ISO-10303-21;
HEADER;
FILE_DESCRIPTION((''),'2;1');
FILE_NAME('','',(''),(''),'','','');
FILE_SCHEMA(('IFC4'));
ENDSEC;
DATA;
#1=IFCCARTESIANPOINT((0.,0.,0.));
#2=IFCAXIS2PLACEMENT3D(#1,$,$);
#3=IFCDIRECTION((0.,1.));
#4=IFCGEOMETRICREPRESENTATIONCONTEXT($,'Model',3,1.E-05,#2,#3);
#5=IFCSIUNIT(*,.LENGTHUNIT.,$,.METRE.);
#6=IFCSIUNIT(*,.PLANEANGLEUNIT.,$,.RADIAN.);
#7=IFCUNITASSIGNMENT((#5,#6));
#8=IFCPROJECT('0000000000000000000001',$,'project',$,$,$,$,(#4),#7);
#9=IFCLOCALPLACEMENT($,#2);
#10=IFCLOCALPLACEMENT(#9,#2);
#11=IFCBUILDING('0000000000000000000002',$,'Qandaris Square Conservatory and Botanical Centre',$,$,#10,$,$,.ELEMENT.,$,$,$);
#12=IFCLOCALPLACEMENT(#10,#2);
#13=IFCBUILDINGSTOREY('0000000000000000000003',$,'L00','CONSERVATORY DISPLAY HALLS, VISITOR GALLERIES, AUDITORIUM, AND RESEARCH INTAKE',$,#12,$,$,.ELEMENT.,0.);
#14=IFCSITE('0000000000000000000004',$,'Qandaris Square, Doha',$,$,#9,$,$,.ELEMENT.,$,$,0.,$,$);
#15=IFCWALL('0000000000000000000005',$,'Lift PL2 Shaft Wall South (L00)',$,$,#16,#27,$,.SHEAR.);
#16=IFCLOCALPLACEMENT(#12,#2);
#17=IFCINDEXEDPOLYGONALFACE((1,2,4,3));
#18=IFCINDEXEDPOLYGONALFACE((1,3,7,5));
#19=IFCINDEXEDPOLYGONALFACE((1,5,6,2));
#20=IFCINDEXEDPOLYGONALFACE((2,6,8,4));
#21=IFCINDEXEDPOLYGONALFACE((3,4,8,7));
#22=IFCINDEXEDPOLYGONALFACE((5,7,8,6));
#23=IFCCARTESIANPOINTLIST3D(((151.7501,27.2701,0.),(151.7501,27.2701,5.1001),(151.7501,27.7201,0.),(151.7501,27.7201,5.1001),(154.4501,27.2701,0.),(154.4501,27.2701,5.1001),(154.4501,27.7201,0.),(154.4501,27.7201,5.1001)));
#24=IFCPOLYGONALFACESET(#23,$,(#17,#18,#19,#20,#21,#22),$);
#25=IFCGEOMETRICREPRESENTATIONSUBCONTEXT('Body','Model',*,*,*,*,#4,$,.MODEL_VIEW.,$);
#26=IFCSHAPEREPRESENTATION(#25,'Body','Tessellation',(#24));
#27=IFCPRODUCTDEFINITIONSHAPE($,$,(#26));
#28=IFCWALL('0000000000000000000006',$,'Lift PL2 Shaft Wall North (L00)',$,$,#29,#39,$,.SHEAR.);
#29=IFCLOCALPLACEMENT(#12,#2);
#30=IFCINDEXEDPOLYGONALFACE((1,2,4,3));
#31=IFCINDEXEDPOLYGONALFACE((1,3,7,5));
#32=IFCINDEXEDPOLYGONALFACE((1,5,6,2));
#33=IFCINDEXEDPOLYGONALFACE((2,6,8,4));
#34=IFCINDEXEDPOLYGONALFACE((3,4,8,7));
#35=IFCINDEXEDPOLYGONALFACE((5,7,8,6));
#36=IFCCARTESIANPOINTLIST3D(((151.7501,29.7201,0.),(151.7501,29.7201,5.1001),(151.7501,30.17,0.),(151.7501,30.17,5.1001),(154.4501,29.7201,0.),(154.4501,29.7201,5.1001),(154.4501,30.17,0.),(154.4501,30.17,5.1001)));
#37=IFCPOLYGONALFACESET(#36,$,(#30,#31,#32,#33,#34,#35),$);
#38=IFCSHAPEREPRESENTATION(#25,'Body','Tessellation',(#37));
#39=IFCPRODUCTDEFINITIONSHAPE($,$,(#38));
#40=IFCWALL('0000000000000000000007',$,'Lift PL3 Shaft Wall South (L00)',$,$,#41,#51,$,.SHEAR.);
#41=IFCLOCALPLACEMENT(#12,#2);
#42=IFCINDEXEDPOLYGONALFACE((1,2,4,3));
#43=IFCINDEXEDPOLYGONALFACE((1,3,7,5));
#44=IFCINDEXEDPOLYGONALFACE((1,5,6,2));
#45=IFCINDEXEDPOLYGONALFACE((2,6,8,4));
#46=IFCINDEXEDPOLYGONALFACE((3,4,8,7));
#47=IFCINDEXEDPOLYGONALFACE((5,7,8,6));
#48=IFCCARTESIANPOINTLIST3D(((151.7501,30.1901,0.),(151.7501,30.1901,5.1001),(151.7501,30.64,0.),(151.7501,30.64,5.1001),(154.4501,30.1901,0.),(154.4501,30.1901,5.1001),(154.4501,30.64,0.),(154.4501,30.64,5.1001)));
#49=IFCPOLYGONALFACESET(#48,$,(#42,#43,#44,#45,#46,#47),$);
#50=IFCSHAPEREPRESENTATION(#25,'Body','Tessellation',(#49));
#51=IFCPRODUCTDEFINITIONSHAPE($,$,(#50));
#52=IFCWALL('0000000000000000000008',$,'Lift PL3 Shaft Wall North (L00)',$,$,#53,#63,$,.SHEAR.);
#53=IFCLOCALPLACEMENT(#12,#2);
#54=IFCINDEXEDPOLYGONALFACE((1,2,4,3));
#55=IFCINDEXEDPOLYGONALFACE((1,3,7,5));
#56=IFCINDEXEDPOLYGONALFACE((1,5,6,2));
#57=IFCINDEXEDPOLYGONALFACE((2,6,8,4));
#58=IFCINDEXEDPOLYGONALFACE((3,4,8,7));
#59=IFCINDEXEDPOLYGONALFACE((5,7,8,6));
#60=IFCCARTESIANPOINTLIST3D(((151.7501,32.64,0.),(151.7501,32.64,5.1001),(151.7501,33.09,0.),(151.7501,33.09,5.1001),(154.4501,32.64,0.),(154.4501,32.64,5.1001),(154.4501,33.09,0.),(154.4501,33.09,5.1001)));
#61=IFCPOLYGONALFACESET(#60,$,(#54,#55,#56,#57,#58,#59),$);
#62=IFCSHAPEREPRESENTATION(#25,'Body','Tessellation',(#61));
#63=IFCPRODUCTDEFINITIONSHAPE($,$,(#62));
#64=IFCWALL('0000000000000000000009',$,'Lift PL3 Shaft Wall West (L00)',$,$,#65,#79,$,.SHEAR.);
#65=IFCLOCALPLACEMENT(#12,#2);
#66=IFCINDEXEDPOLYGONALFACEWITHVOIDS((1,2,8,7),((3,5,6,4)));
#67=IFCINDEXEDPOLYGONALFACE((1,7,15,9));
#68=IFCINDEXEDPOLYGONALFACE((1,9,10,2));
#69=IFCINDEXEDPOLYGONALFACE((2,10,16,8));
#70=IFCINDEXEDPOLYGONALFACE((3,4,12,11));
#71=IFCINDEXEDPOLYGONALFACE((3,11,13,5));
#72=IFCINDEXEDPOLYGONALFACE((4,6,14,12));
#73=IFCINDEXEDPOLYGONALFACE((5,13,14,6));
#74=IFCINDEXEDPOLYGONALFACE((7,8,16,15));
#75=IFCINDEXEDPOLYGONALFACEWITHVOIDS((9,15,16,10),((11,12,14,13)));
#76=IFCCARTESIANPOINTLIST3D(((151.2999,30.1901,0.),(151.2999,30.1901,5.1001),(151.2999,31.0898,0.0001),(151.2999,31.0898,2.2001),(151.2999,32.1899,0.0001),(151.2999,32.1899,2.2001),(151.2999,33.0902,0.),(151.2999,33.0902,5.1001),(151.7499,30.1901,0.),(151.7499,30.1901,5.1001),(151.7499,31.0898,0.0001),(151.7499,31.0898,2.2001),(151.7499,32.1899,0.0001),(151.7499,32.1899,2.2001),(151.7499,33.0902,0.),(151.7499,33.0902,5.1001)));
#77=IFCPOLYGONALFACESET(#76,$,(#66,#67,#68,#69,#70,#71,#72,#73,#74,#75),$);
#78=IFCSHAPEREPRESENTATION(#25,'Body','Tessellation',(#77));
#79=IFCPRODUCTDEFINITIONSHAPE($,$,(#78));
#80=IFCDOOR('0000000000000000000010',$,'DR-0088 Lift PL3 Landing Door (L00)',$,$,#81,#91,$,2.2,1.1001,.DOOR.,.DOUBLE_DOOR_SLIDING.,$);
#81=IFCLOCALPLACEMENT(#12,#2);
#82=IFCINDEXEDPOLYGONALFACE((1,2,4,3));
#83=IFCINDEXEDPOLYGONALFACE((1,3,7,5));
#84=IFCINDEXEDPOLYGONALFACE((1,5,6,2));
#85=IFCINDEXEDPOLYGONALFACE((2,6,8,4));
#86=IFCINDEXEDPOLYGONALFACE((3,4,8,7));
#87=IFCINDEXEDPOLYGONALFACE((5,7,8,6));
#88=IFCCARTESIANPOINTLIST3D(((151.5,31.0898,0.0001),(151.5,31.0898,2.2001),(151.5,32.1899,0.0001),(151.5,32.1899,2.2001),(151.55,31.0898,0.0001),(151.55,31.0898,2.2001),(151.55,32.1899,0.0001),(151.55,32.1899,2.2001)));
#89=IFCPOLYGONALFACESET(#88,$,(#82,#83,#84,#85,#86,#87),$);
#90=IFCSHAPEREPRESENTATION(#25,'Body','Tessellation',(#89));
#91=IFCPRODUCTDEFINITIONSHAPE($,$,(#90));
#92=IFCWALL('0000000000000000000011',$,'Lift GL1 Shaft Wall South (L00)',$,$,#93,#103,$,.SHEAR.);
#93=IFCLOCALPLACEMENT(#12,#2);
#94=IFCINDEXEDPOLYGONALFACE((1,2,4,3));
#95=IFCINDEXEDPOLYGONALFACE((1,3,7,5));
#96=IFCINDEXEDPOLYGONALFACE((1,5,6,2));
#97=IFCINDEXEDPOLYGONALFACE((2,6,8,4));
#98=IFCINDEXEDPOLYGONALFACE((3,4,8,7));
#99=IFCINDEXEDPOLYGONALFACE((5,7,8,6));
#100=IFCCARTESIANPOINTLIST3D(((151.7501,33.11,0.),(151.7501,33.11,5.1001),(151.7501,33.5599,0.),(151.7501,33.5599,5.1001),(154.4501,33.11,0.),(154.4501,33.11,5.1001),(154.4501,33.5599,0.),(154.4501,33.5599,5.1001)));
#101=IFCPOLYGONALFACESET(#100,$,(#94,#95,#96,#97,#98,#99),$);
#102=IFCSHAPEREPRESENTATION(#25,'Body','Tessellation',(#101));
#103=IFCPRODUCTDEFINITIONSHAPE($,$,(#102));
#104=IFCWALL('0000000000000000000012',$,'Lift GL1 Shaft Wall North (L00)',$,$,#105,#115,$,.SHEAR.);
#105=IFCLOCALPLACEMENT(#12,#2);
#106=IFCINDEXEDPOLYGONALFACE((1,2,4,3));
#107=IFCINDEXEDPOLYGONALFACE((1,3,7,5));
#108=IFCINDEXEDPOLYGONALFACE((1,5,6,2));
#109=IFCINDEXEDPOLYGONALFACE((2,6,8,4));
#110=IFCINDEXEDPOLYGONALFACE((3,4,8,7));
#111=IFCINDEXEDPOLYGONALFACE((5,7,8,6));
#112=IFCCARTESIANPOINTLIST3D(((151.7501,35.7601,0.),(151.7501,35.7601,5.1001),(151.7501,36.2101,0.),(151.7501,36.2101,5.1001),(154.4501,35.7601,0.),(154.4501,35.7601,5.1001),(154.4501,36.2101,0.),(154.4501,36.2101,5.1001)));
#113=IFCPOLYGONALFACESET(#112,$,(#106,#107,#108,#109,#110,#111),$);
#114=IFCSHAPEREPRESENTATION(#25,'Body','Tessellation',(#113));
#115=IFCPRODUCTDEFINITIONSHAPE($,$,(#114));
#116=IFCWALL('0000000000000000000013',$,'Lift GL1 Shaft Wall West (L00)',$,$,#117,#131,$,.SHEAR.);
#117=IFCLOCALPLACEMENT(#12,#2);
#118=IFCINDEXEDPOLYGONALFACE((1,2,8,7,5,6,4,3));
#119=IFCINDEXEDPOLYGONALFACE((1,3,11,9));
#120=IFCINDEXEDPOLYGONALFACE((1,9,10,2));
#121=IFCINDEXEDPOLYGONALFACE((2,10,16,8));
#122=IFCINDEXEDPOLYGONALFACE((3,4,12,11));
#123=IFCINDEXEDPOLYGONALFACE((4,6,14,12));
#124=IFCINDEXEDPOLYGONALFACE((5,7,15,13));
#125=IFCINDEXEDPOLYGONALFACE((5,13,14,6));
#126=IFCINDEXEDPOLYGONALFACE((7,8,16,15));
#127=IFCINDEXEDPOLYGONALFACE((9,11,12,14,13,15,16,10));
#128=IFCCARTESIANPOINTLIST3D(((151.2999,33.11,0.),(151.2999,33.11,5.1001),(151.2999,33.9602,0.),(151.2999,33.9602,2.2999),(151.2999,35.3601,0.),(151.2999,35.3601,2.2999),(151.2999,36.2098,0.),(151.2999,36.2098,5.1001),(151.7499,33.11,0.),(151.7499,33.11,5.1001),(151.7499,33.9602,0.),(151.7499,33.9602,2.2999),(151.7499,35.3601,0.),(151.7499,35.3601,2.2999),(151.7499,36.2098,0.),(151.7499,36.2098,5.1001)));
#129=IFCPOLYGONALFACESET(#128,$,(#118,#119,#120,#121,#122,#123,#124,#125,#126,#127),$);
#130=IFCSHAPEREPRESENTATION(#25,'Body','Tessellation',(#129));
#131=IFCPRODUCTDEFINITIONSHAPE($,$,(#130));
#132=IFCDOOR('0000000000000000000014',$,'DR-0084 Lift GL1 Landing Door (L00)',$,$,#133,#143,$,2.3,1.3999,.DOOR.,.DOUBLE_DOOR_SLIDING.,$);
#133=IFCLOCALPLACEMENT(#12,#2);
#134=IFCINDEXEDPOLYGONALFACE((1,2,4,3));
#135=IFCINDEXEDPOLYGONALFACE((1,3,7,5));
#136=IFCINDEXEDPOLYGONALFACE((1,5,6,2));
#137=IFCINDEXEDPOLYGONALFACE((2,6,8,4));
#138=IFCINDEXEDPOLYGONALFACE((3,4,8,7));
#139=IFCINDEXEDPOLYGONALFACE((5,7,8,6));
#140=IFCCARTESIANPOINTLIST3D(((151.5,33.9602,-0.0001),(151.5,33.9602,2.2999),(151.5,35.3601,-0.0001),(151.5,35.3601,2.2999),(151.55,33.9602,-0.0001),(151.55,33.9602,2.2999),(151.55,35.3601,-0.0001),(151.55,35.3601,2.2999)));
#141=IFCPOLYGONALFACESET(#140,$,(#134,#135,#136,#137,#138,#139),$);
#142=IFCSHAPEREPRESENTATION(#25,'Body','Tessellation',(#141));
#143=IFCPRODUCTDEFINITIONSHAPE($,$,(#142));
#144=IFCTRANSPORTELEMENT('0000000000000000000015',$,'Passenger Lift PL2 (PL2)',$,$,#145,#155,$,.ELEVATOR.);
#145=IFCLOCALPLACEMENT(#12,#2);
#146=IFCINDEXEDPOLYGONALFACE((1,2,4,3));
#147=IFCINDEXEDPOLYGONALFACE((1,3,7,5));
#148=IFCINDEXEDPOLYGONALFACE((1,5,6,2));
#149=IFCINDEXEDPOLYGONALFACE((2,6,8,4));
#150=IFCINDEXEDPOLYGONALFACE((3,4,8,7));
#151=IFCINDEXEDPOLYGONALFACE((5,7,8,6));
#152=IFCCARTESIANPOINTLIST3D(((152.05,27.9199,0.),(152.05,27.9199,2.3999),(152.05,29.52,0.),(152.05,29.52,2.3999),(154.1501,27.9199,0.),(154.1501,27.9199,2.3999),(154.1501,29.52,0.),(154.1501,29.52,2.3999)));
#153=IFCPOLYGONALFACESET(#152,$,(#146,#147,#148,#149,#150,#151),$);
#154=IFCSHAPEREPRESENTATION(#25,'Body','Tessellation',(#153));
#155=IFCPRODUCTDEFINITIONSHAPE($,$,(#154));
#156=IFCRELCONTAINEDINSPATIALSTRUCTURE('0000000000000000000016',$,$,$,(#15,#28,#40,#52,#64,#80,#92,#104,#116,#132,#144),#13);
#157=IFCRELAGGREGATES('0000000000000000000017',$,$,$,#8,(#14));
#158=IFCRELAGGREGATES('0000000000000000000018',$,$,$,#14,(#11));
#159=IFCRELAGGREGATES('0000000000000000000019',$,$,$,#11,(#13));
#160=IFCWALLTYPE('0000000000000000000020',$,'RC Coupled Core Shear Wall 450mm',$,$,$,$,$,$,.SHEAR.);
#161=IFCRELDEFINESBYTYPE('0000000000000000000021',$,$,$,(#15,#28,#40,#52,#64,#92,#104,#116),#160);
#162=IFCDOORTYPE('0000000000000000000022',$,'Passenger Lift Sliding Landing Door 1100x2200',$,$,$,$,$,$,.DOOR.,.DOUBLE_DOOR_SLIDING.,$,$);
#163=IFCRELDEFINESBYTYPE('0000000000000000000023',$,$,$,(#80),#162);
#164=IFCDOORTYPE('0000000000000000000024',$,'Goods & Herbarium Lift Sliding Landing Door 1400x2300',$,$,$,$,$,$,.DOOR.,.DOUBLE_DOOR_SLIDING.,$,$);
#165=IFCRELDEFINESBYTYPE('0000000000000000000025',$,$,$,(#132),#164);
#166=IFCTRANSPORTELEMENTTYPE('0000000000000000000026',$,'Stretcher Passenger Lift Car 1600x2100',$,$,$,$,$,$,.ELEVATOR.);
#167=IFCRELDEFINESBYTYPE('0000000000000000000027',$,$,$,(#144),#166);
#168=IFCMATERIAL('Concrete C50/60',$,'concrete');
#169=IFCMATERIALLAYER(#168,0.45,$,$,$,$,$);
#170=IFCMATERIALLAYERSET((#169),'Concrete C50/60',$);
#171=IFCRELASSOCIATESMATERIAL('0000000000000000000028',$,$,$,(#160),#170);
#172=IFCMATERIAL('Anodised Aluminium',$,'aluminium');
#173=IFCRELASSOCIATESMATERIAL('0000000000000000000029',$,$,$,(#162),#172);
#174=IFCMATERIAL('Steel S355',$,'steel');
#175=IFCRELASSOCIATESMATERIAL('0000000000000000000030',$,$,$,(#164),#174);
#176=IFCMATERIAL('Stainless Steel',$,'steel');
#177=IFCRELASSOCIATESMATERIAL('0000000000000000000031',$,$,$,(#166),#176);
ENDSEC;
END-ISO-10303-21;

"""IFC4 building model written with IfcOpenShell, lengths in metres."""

from ifc_helpers import new_model, si_unit, direction, frame, frame_2d, origin, origin_2d, place, context, subcontext, project, spatial, rectangle, extrude, material, layer, layer_set, type_object, element, fill, save


model = new_model("IFC4")

# Units and contexts
model_context = context("Model", 3, precision=1e-05, world=origin(), true_north=direction((0.0, 1.0)))
body_context = subcontext(model_context, "Body", "Model", "MODEL_VIEW")
ifc_project = project(units=[si_unit("LENGTHUNIT", "METRE"), si_unit("PLANEANGLEUNIT", "RADIAN")], contexts=[model_context])

# Site, building, storey
site_placement = place(None, origin())
site = spatial("IfcSite", under=ifc_project, at=site_placement, Name="Qandaris Square, Doha", CompositionType="ELEMENT", RefElevation=0.0)
building_placement = place(site_placement, origin())
building = spatial("IfcBuilding", under=site, at=building_placement, Name="Qandaris Square Conservatory and Botanical Centre", CompositionType="ELEMENT")
storey_placement = place(building_placement, origin())
storey = spatial("IfcBuildingStorey", under=building, at=storey_placement, Name="L00", Description="CONSERVATORY DISPLAY HALLS, VISITOR GALLERIES, AUDITORIUM, AND RESEARCH INTAKE", CompositionType="ELEMENT", Elevation=0.0)

# Shared definitions
ifc_material_1 = material(Name="Concrete C50/60", Category="concrete")

# Shared definitions
ifc_material_2 = material(Name="Steel S355", Category="steel")

# Walls
ifc_layer_1 = layer(ifc_material_1, 0.45)
ifc_layer_set_1 = layer_set([ifc_layer_1], Name="Concrete C50/60")
wall_type_1 = type_object("IfcWallType", Name="RC Coupled Core Shear Wall 450mm", PredefinedType="SHEAR", material=ifc_layer_set_1)
for number, where, z_axis, x_axis, name in (
    (1, (151.75, 27.4951, 0.0), (0.0, 0.0, 1.0), (1.0, 0.0, 0.0), "Lift PL2 Shaft Wall South (L00)"),
    (2, (151.75, 29.9451, 0.0), (0.0, 0.0, 1.0), (1.0, 0.0, 0.0), "Lift PL2 Shaft Wall North (L00)"),
    (3, (151.75, 30.415, 0.0), (0.0, 0.0, 1.0), (1.0, 0.0, 0.0), "Lift PL3 Shaft Wall South (L00)"),
    (4, (151.75, 32.865, 0.0), (0.0, 0.0, 1.0), (1.0, 0.0, 0.0), "Lift PL3 Shaft Wall North (L00)"),
):
    element("IfcWall", number, at=place(storey_placement, frame(where, z_axis=z_axis, x_axis=x_axis)), inside=storey, type_object=wall_type_1, Name=name, PredefinedType="SHEAR", context=body_context, shape_type="SweptSolid", body=[
        extrude(rectangle(XDim=2.7, YDim=0.45, at=frame_2d((1.3501, 0.0))), origin(), (0.0, 0.0, 1.0), 5.1001),
    ])

# Wall, opening, door
wall_1_placement = place(storey_placement, frame((151.5249, 30.1899, 0.0), z_axis=(0.0, 0.0, 1.0), x_axis=(0.0, 1.0, 0.0)))
wall_1 = element("IfcWall", 5, at=wall_1_placement, inside=storey, type_object=wall_type_1, Name="Lift PL3 Shaft Wall West (L00)", PredefinedType="SHEAR", context=body_context, shape_type="SweptSolid", body=[
    extrude(rectangle(XDim=2.9001, YDim=0.45, at=frame_2d((1.4502, 0.0))), origin(), (0.0, 0.0, 1.0), 5.1001),
])
opening_1_placement = place(wall_1_placement, frame((0.8999, 0.0, 0.0)))
opening_1 = element("IfcOpeningElement", 6, at=opening_1_placement, cuts=wall_1, PredefinedType="OPENING", context=body_context, shape_type="SweptSolid", body=[
    extrude(rectangle(XDim=1.1001, YDim=2.2, at=frame_2d((0.55, 1.1001))), frame((0.0, 0.2368, 0.0), z_axis=(0.0, -1.0, 0.0), x_axis=(1.0, 0.0, 0.0)), (0.0, 0.0, 1.0), 0.4739),
])
ifc_material_3 = material(Name="Anodised Aluminium", Category="aluminium")
door_type_1 = type_object("IfcDoorType", Name="Passenger Lift Sliding Landing Door 1100x2200", OperationType="DOUBLE_DOOR_SLIDING", PredefinedType="DOOR", material=ifc_material_3)
door_1_placement = place(opening_1_placement, origin())
door_1 = element("IfcDoor", 7, at=door_1_placement, inside=storey, type_object=door_type_1, Name="DR-0088 Lift PL3 Landing Door (L00)", OperationType="DOUBLE_DOOR_SLIDING", OverallHeight=2.2, OverallWidth=1.1001, PredefinedType="DOOR", context=body_context, shape_type="SweptSolid", body=[
    extrude(rectangle(XDim=1.1001, YDim=2.2, at=frame_2d((0.55, 1.1001))), frame((0.0, 0.0249, 0.0), z_axis=(0.0, -1.0, 0.0), x_axis=(1.0, 0.0, 0.0)), (0.0, 0.0, 1.0), 0.05),
])
fill(opening_1, door_1)

# Walls
for number, where, z_axis, x_axis, name in (
    (8, (151.75, 33.335, 0.0), (0.0, 0.0, 1.0), (1.0, 0.0, 0.0), "Lift GL1 Shaft Wall South (L00)"),
    (9, (151.75, 35.9851, 0.0), (0.0, 0.0, 1.0), (1.0, 0.0, 0.0), "Lift GL1 Shaft Wall North (L00)"),
):
    element("IfcWall", number, at=place(storey_placement, frame(where, z_axis=z_axis, x_axis=x_axis)), inside=storey, type_object=wall_type_1, Name=name, PredefinedType="SHEAR", context=body_context, shape_type="SweptSolid", body=[
        extrude(rectangle(XDim=2.7, YDim=0.45, at=frame_2d((1.3501, 0.0))), origin(), (0.0, 0.0, 1.0), 5.1001),
    ])

# Wall, opening, door
wall_2_placement = place(storey_placement, frame((151.5249, 33.1101, 0.0), z_axis=(0.0, 0.0, 1.0), x_axis=(0.0, 1.0, 0.0)))
wall_2 = element("IfcWall", 10, at=wall_2_placement, inside=storey, type_object=wall_type_1, Name="Lift GL1 Shaft Wall West (L00)", PredefinedType="SHEAR", context=body_context, shape_type="SweptSolid", body=[
    extrude(rectangle(XDim=3.0999, YDim=0.45, at=frame_2d((1.5498, 0.0))), origin(), (0.0, 0.0, 1.0), 5.1001),
])
opening_2_placement = place(wall_2_placement, frame((0.8501, 0.0, 0.0)))
opening_2 = element("IfcOpeningElement", 11, at=opening_2_placement, cuts=wall_2, PredefinedType="OPENING", context=body_context, shape_type="SweptSolid", body=[
    extrude(rectangle(XDim=1.3999, YDim=2.3, at=frame_2d((0.7, 1.1499))), frame((0.0, 0.2368, 0.0), z_axis=(0.0, -1.0, 0.0), x_axis=(1.0, 0.0, 0.0)), (0.0, 0.0, 1.0), 0.4739),
])
door_type_2 = type_object("IfcDoorType", Name="Goods & Herbarium Lift Sliding Landing Door 1400x2300", OperationType="DOUBLE_DOOR_SLIDING", PredefinedType="DOOR", material=ifc_material_2)
door_2_placement = place(opening_2_placement, origin())
door_2 = element("IfcDoor", 12, at=door_2_placement, inside=storey, type_object=door_type_2, Name="DR-0084 Lift GL1 Landing Door (L00)", OperationType="DOUBLE_DOOR_SLIDING", OverallHeight=2.3, OverallWidth=1.3999, PredefinedType="DOOR", context=body_context, shape_type="SweptSolid", body=[
    extrude(rectangle(XDim=1.3999, YDim=2.3, at=frame_2d((0.7, 1.1499))), frame((0.0, 0.0249, 0.0), z_axis=(0.0, -1.0, 0.0), x_axis=(1.0, 0.0, 0.0)), (0.0, 0.0, 1.0), 0.05),
])
fill(opening_2, door_2)

# Transport element
ifc_material_4 = material(Name="Stainless Steel", Category="steel")
transport_element_type = type_object("IfcTransportElementType", Name="Stretcher Passenger Lift Car 1600x2100", PredefinedType="ELEVATOR", material=ifc_material_4)
transport_element_placement = place(storey_placement, frame((153.1001, 28.72, 0.0), z_axis=(0.0, 0.0, 1.0), x_axis=(1.0, 0.0, 0.0)))
element("IfcTransportElement", 13, at=transport_element_placement, inside=storey, type_object=transport_element_type, Name="Passenger Lift PL2 (PL2)", PredefinedType="ELEVATOR", context=body_context, shape_type="SweptSolid", body=[
    extrude(rectangle(XDim=2.1001, YDim=1.6001, at=origin_2d()), origin(), (0.0, 0.0, 1.0), 2.3999),
])

save(model, "model.ifc")
